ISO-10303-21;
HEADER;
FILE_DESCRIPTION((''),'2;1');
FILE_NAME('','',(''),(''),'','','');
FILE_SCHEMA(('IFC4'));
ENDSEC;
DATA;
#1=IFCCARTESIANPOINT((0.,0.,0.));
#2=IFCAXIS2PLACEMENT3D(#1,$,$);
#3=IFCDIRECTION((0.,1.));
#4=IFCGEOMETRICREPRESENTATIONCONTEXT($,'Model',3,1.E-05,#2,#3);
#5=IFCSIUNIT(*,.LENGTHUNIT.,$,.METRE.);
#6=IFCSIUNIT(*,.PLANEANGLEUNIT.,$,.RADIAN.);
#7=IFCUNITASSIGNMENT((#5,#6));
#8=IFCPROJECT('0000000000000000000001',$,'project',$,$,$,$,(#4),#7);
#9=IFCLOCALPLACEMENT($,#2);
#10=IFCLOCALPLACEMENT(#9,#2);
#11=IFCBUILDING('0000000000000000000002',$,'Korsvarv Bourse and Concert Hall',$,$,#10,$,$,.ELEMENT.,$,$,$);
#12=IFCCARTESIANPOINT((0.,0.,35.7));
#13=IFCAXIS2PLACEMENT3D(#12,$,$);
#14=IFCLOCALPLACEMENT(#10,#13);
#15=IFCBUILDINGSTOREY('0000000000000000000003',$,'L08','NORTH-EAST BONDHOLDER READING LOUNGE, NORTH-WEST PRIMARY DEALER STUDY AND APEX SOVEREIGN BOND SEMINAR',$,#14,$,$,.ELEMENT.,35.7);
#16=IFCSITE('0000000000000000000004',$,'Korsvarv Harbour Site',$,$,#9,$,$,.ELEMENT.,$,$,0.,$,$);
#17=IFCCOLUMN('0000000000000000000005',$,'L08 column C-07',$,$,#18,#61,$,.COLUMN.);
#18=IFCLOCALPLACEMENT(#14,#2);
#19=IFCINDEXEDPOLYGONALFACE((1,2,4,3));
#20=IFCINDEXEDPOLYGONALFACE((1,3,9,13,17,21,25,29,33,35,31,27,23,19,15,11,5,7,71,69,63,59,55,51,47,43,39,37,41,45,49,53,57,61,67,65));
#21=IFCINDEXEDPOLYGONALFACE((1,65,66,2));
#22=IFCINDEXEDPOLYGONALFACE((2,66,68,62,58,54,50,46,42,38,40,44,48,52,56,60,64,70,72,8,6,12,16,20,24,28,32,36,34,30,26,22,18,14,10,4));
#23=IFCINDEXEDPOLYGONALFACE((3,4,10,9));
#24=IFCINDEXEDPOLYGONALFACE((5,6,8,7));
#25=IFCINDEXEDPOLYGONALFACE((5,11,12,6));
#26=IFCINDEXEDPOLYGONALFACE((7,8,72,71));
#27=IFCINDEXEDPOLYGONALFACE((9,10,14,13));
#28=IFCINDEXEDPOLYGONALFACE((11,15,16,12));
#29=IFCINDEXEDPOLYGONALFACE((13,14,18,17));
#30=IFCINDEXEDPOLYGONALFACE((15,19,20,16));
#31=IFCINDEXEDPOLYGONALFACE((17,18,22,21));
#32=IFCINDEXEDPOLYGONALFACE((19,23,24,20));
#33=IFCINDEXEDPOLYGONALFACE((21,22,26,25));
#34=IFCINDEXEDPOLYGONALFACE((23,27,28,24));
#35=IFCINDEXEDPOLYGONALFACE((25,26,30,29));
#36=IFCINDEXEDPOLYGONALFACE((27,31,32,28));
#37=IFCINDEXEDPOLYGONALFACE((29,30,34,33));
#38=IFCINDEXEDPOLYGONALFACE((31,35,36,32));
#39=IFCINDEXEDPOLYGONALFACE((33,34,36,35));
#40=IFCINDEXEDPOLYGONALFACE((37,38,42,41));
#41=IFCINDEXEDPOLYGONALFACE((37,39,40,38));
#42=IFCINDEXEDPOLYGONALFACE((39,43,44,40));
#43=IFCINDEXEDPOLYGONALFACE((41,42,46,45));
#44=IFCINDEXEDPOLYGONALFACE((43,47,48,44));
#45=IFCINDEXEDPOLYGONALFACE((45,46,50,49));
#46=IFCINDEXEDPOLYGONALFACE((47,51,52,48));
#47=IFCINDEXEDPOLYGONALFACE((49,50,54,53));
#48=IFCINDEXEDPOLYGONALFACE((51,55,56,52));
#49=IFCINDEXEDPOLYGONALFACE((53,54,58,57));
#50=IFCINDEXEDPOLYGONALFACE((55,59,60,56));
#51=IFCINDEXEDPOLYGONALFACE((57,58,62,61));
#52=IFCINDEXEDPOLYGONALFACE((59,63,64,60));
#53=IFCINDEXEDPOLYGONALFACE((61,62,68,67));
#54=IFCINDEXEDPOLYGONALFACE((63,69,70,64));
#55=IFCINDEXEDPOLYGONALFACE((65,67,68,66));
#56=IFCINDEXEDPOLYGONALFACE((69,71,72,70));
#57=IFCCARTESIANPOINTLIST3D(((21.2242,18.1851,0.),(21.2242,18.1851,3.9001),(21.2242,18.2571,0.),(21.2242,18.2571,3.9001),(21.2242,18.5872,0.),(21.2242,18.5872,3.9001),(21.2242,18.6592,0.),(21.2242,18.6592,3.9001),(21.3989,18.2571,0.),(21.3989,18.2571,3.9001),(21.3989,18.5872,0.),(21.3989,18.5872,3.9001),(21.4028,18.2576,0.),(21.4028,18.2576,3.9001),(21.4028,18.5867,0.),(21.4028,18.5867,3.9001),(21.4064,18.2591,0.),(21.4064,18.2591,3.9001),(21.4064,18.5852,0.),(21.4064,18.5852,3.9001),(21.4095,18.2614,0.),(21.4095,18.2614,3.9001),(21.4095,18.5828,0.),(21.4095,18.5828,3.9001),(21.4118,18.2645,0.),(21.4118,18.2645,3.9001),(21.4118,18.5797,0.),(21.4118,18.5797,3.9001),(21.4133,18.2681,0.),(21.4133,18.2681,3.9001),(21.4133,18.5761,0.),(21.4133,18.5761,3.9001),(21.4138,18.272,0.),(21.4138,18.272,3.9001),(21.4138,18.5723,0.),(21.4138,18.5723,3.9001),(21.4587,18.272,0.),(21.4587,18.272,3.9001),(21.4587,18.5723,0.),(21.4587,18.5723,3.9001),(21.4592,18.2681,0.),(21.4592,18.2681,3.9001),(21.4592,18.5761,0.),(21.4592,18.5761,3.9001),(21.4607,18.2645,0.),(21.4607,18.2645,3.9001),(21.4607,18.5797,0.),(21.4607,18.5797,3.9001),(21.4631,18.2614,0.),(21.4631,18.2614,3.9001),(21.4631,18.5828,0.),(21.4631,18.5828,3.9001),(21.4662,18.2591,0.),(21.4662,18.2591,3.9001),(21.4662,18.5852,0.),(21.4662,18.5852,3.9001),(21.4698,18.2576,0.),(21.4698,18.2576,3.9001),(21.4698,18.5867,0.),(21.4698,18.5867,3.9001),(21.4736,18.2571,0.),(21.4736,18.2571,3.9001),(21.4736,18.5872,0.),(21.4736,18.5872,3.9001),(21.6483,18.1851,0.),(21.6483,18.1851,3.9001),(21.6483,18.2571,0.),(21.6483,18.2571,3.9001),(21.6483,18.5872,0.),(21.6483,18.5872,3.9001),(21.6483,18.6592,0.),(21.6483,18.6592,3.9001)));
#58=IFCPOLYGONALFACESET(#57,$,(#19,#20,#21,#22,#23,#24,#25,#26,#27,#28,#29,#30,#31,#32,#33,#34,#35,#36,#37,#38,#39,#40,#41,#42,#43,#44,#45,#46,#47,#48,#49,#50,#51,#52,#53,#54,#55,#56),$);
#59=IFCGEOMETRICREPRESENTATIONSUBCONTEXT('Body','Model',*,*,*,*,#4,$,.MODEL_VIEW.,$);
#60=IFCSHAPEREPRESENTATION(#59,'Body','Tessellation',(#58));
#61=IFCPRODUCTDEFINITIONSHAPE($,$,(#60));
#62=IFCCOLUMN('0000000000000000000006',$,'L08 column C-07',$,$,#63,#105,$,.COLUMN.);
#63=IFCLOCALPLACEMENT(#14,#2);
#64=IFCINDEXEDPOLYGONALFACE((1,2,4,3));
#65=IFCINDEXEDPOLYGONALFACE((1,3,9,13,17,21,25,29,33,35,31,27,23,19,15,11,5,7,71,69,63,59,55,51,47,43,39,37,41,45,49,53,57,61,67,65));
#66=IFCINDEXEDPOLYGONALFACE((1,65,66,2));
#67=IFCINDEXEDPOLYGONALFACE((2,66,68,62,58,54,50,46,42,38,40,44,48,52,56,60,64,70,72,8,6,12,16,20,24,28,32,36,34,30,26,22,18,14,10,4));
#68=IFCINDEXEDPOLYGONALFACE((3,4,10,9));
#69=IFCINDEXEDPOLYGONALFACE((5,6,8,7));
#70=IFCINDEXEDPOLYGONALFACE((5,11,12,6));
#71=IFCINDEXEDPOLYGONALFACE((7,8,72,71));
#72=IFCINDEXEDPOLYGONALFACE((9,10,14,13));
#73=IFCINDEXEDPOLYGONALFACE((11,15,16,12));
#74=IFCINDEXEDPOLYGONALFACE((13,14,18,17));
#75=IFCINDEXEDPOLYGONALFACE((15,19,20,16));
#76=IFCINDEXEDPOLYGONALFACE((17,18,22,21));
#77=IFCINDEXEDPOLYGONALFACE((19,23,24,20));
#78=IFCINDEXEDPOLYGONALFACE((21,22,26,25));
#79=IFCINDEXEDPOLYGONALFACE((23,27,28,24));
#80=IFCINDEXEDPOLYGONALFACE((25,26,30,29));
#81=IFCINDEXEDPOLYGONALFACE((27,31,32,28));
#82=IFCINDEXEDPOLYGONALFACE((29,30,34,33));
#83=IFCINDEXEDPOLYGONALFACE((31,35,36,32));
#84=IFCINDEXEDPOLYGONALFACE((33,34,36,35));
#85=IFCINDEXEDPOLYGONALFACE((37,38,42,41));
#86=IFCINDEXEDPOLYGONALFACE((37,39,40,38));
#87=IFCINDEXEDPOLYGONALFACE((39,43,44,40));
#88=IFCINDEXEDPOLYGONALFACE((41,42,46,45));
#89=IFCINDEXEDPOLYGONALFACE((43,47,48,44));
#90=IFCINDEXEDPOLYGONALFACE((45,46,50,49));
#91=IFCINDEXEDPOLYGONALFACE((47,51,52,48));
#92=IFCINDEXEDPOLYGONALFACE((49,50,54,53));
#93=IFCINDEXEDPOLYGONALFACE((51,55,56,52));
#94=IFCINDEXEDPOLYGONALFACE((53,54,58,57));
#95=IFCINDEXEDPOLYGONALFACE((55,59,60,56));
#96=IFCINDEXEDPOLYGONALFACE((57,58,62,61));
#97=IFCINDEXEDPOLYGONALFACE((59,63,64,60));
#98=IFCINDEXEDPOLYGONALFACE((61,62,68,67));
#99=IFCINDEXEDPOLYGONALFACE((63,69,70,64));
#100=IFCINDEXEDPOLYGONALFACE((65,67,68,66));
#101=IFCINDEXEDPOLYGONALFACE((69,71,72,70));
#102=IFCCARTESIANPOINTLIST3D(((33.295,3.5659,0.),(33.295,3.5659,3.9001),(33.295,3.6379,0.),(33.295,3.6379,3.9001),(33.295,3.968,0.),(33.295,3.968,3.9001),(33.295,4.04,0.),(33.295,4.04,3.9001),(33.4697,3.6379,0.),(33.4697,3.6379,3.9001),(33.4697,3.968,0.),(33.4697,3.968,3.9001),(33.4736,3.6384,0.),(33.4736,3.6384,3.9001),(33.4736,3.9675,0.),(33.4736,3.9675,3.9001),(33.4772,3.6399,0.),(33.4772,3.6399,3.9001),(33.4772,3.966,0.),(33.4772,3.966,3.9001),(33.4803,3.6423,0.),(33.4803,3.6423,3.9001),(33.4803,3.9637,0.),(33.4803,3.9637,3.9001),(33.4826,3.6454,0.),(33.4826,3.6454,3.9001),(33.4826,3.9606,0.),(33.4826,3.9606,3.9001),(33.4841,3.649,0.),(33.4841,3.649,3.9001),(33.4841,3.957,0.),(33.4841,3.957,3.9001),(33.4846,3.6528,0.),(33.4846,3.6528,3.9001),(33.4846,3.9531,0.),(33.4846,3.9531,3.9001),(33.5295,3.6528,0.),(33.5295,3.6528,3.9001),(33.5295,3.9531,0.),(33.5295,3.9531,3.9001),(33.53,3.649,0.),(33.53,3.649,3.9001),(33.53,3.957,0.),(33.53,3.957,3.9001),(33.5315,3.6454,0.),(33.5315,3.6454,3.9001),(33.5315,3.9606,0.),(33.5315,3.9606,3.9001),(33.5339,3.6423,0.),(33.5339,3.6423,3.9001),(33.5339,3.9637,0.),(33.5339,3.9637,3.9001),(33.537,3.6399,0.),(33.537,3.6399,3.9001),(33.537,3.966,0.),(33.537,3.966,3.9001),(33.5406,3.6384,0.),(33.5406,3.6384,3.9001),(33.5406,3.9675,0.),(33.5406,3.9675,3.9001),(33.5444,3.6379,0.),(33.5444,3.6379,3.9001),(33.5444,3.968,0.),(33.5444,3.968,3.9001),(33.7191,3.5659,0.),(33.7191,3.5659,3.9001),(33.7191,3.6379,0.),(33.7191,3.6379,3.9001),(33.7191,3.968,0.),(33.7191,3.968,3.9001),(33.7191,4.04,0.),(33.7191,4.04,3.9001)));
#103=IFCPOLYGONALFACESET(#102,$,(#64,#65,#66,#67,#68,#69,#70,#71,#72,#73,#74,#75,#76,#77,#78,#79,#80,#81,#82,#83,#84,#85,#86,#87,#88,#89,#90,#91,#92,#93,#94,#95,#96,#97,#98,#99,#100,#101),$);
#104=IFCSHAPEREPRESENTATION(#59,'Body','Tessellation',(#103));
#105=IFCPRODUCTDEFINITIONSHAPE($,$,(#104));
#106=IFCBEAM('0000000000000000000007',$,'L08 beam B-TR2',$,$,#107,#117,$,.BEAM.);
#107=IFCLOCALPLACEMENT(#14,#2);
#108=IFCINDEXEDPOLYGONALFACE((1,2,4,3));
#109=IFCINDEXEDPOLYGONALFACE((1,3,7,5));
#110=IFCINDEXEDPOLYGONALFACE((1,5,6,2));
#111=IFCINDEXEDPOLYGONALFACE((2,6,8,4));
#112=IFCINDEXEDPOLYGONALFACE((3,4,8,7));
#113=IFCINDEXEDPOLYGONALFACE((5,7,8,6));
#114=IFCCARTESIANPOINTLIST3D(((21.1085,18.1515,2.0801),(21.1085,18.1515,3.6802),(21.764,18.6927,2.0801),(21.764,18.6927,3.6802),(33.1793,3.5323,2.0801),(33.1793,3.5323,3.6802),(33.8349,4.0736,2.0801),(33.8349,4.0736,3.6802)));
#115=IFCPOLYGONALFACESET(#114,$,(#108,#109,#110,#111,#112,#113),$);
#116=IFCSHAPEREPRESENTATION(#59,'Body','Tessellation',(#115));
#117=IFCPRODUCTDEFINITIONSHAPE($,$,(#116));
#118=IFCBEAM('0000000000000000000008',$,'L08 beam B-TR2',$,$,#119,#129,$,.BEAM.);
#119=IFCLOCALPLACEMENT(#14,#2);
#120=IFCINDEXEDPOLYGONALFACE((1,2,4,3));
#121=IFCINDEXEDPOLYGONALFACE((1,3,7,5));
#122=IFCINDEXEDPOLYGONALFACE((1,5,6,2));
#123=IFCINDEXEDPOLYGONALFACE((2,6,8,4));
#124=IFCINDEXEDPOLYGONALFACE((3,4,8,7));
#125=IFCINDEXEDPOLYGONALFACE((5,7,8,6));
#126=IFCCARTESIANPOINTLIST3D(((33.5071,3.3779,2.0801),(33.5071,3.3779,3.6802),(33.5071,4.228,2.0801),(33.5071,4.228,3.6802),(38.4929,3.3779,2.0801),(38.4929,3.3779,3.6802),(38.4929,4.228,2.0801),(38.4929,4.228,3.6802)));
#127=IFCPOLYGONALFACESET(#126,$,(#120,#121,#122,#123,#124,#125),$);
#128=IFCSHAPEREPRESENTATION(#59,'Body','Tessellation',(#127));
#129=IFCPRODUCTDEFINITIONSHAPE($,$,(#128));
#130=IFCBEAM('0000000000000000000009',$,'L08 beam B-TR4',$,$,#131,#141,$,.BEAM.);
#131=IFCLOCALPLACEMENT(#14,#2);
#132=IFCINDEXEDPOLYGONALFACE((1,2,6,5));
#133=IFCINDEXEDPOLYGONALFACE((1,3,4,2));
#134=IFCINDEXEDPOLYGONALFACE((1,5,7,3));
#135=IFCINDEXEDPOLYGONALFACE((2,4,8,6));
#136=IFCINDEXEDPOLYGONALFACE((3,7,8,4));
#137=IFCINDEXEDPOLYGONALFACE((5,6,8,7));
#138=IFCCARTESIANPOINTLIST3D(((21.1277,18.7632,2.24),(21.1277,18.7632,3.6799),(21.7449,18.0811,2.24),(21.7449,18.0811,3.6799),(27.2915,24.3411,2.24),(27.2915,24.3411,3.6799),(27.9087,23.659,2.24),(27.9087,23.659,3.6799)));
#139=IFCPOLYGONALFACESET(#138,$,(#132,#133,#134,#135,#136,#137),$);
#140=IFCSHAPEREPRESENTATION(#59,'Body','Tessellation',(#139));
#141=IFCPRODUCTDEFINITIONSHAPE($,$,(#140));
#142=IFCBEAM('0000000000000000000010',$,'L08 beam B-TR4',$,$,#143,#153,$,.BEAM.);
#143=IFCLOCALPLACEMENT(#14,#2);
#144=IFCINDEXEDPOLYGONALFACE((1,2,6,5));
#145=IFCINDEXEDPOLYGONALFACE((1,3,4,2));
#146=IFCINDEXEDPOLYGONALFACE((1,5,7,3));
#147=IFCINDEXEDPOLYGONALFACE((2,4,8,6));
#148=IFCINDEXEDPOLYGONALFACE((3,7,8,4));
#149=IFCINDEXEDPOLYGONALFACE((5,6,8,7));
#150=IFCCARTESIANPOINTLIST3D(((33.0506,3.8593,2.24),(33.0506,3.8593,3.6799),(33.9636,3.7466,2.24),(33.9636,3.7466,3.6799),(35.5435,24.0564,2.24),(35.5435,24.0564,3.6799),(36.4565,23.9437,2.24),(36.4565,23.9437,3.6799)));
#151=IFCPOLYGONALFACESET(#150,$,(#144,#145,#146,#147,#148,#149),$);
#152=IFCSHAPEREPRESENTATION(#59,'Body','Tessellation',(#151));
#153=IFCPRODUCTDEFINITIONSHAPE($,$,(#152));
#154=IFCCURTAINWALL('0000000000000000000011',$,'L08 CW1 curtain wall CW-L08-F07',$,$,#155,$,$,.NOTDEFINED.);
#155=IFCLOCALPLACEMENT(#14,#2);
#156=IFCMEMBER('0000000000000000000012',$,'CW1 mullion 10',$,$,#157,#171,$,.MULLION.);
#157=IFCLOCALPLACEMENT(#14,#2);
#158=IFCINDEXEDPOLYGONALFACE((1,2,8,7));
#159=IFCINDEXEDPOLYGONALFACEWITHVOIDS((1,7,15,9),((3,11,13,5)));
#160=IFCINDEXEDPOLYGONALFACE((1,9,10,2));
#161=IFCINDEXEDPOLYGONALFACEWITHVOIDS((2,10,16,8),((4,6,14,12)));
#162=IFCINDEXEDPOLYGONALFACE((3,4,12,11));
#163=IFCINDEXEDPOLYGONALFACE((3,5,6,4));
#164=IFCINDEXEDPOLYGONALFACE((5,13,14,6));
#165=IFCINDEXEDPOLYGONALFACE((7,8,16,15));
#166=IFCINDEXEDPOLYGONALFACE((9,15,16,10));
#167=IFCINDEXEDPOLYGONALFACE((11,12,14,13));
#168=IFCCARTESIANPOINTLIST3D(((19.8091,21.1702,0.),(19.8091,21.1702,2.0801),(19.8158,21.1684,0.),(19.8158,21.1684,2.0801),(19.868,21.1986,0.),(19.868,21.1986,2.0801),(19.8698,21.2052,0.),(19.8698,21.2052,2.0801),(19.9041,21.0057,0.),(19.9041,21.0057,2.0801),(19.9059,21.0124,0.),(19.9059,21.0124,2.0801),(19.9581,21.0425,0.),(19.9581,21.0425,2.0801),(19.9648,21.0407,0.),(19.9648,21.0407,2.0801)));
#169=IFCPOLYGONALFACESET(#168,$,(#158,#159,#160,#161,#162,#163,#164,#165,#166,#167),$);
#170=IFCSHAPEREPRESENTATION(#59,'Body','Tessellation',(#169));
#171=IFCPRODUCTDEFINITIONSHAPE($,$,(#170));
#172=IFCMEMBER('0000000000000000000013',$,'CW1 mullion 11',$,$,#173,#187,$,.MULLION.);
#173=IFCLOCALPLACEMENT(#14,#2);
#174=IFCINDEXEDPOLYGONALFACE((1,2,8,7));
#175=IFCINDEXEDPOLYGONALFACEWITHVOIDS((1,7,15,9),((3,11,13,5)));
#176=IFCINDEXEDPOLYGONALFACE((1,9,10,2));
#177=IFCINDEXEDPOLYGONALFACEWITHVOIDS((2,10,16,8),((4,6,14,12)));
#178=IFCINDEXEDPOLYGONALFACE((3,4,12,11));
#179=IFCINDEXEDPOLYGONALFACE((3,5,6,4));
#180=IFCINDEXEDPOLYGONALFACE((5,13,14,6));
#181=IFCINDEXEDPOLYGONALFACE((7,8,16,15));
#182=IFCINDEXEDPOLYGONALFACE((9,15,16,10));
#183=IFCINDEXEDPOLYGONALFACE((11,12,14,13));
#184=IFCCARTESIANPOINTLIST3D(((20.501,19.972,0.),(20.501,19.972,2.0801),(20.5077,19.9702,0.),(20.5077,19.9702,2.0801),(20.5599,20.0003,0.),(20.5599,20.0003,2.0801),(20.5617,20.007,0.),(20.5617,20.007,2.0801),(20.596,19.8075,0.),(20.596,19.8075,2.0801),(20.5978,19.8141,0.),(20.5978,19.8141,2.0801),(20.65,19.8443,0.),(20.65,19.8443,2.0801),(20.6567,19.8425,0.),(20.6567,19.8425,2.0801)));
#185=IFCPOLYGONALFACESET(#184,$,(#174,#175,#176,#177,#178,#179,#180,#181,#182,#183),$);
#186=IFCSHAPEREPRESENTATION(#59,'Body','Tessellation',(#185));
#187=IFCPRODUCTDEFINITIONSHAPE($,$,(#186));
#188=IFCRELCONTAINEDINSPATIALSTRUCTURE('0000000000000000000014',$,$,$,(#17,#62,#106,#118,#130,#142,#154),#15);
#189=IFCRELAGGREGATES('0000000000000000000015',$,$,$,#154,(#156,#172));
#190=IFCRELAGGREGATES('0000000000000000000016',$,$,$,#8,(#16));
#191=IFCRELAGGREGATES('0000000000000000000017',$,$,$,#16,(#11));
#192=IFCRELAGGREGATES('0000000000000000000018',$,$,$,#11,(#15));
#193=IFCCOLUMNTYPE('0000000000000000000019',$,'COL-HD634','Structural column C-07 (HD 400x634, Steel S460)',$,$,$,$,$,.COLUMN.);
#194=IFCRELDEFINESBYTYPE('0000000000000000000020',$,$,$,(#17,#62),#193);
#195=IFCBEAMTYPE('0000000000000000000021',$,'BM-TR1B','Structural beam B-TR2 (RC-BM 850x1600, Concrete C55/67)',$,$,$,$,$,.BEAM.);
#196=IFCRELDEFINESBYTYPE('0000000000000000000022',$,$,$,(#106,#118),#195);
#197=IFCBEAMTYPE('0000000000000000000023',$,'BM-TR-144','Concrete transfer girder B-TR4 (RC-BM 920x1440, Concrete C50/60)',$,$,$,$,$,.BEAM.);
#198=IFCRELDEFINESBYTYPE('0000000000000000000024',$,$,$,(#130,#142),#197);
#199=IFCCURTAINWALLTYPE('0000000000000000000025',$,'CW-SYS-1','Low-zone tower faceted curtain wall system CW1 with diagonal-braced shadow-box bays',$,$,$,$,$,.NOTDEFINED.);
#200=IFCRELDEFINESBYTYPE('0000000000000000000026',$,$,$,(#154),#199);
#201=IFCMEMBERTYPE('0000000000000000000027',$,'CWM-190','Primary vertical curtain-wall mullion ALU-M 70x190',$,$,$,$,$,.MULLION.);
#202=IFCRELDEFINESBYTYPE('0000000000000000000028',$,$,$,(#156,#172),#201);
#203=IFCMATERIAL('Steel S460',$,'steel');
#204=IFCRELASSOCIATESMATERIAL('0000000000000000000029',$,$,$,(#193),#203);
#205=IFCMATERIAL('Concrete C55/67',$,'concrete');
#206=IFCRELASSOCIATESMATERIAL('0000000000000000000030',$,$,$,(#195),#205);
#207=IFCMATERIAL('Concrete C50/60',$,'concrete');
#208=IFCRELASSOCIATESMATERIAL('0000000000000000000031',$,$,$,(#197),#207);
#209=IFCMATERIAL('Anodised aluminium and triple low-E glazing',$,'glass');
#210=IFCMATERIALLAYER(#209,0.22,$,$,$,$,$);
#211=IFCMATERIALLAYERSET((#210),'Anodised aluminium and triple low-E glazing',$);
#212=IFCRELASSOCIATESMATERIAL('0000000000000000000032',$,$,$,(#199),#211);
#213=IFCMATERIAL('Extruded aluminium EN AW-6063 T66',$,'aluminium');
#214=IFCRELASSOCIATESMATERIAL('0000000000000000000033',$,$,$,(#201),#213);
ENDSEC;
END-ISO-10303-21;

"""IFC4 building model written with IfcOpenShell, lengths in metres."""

from ifc_helpers import new_model, si_unit, direction, frame, origin, origin_2d, place, context, subcontext, project, spatial, rectangle, hollow_rectangle, i_section, extrude, source, transform, mapped, material, layer, layer_set, material_profile, profile_set, type_object, element, aggregate, save


model = new_model("IFC4")

# Units and contexts
model_context = context("Model", 3, precision=1e-05, world=origin(), true_north=direction((0.0, 1.0)))
body_context = subcontext(model_context, "Body", "Model", "MODEL_VIEW")
ifc_project = project(units=[si_unit("LENGTHUNIT", "METRE"), si_unit("PLANEANGLEUNIT", "RADIAN")], contexts=[model_context])

# Site, building, storey
site_placement = place(None, origin())
site = spatial("IfcSite", under=ifc_project, at=site_placement, Name="Korsvarv Harbour Site", CompositionType="ELEMENT", RefElevation=0.0)
building_placement = place(site_placement, origin())
building = spatial("IfcBuilding", under=site, at=building_placement, Name="Korsvarv Bourse and Concert Hall", CompositionType="ELEMENT")
storey_placement = place(building_placement, frame((0.0, 0.0, 35.7)))
storey = spatial("IfcBuildingStorey", under=building, at=storey_placement, Name="L08", Description="NORTH-EAST BONDHOLDER READING LOUNGE, NORTH-WEST PRIMARY DEALER STUDY AND APEX SOVEREIGN BOND SEMINAR", CompositionType="ELEMENT", Elevation=35.7)

# Columns
ifc_material_1 = material(Name="Steel S460", Category="steel")
ifc_material_profile_1 = material_profile(ifc_material_1, i_section(OverallWidth=0.4241, OverallDepth=0.4741, WebThickness=0.0449, FlangeThickness=0.072, FilletRadius=0.0149, at=origin_2d()), Name="HD 400x634")
ifc_profile_set_1 = profile_set([ifc_material_profile_1], Name="Steel S460")
column_type = type_object("IfcColumnType", Name="COL-HD634", Description="Structural column C-07 (HD 400x634, Steel S460)", PredefinedType="COLUMN", material=ifc_profile_set_1)
shared_shape_1 = source(origin(), body_context, "Body", "SweptSolid", [
    extrude(i_section(OverallWidth=0.4241, OverallDepth=0.4741, WebThickness=0.0449, FlangeThickness=0.072, FilletRadius=0.0149, at=origin_2d()), origin(), (0.0, 0.0, 1.0), 3.9001),
])
for number, where, z_axis, x_axis, name in (
    (1, (21.4363, 18.4221, 0.0), (0.0, 0.0, 1.0), (1.0, 0.0, 0.0), "L08 column C-07"),
    (2, (33.5071, 3.803, 0.0), (0.0, 0.0, 1.0), (1.0, 0.0, 0.0), "L08 column C-07"),
):
    element("IfcColumn", number, at=place(storey_placement, frame(where, z_axis=z_axis, x_axis=x_axis)), inside=storey, type_object=column_type, Name=name, PredefinedType="COLUMN", context=body_context, shape_type="MappedRepresentation", body=[
        mapped(shared_shape_1, transform((0.0, 0.0, 0.0), scale=1.0)),
    ])

# Beams
ifc_material_2 = material(Name="Concrete C55/67", Category="concrete")
ifc_material_profile_2 = material_profile(ifc_material_2, rectangle(XDim=0.8501, YDim=1.6001, at=origin_2d()), Name="RC-BM 850x1600")
ifc_profile_set_2 = profile_set([ifc_material_profile_2], Name="Concrete C55/67")
beam_type_1 = type_object("IfcBeamType", Name="BM-TR1B", Description="Structural beam B-TR2 (RC-BM 850x1600, Concrete C55/67)", PredefinedType="BEAM", material=ifc_profile_set_2)
shared_shape_2 = source(origin(), body_context, "Body", "SweptSolid", [
    extrude(rectangle(XDim=0.8501, YDim=1.6001, at=origin_2d()), origin(), (0.0, 0.0, 1.0), 18.9585),
])
beam_1_placement = place(storey_placement, frame((21.4363, 18.4221, 2.8801), z_axis=(0.636697, -0.771114, 0.0), x_axis=(0.771114, 0.636697, 0.0)))
element("IfcBeam", 3, at=beam_1_placement, inside=storey, type_object=beam_type_1, Name="L08 beam B-TR2", PredefinedType="BEAM", context=body_context, shape_type="MappedRepresentation", body=[
    mapped(shared_shape_2, transform((0.0, 0.0, 0.0), scale=1.0)),
])
shared_shape_3 = source(origin(), body_context, "Body", "SweptSolid", [
    extrude(rectangle(XDim=0.8501, YDim=1.6001, at=origin_2d()), origin(), (0.0, 0.0, 1.0), 4.9858),
])
beam_2_placement = place(storey_placement, frame((33.5071, 3.803, 2.8801), z_axis=(1.0, 0.0, 0.0), x_axis=(0.0, 1.0, 0.0)))
element("IfcBeam", 4, at=beam_2_placement, inside=storey, type_object=beam_type_1, Name="L08 beam B-TR2", PredefinedType="BEAM", context=body_context, shape_type="MappedRepresentation", body=[
    mapped(shared_shape_3, transform((0.0, 0.0, 0.0), scale=1.0)),
])
ifc_material_3 = material(Name="Concrete C50/60", Category="concrete")
ifc_material_profile_3 = material_profile(ifc_material_3, rectangle(XDim=0.9199, YDim=1.4399, at=origin_2d()), Name="RC-BM 920x1440")
ifc_profile_set_3 = profile_set([ifc_material_profile_3], Name="Concrete C50/60")
beam_type_2 = type_object("IfcBeamType", Name="BM-TR-144", Description="Concrete transfer girder B-TR4 (RC-BM 920x1440, Concrete C50/60)", PredefinedType="BEAM", material=ifc_profile_set_3)
shared_shape_4 = source(origin(), body_context, "Body", "SweptSolid", [
    extrude(rectangle(XDim=0.9199, YDim=1.4399, at=origin_2d()), origin(), (0.0, 0.0, 1.0), 8.313),
])
beam_3_placement = place(storey_placement, frame((21.4363, 18.4221, 2.96), z_axis=(0.74147, 0.670986, 0.0), x_axis=(-0.670986, 0.74147, 0.0)))
element("IfcBeam", 5, at=beam_3_placement, inside=storey, type_object=beam_type_2, Name="L08 beam B-TR4", PredefinedType="BEAM", context=body_context, shape_type="MappedRepresentation", body=[
    mapped(shared_shape_4, transform((0.0, 0.0, 0.0), scale=1.0)),
])
shared_shape_5 = source(origin(), body_context, "Body", "SweptSolid", [
    extrude(rectangle(XDim=0.9199, YDim=1.4399, at=origin_2d()), origin(), (0.0, 0.0, 1.0), 20.3503),
])
beam_4_placement = place(storey_placement, frame((33.5071, 3.803, 2.96), z_axis=(0.1225, 0.992468, 0.0), x_axis=(-0.992468, 0.1225, 0.0)))
element("IfcBeam", 6, at=beam_4_placement, inside=storey, type_object=beam_type_2, Name="L08 beam B-TR4", PredefinedType="BEAM", context=body_context, shape_type="MappedRepresentation", body=[
    mapped(shared_shape_5, transform((0.0, 0.0, 0.0), scale=1.0)),
])

# Curtain wall, members
ifc_material_4 = material(Name="Anodised aluminium and triple low-E glazing", Category="glass")
ifc_layer_1 = layer(ifc_material_4, 0.22)
ifc_layer_set_1 = layer_set([ifc_layer_1], Name="Anodised aluminium and triple low-E glazing")
curtain_wall_type = type_object("IfcCurtainWallType", Name="CW-SYS-1", Description="Low-zone tower faceted curtain wall system CW1 with diagonal-braced shadow-box bays", PredefinedType="NOTDEFINED", material=ifc_layer_set_1)
curtain_wall_placement = place(storey_placement, origin())
curtain_wall = element("IfcCurtainWall", 7, at=curtain_wall_placement, inside=storey, type_object=curtain_wall_type, Name="L08 CW1 curtain wall CW-L08-F07", PredefinedType="NOTDEFINED")
ifc_material_5 = material(Name="Extruded aluminium EN AW-6063 T66", Category="aluminium")
ifc_material_profile_4 = material_profile(ifc_material_5, hollow_rectangle(XDim=0.0701, YDim=0.1899, WallThickness=0.0049, at=origin_2d()), Name="ALU-M 70x190")
ifc_profile_set_4 = profile_set([ifc_material_profile_4], Name="Extruded aluminium EN AW-6063 T66")
member_type_1 = type_object("IfcMemberType", Name="CWM-190", Description="Primary vertical curtain-wall mullion ALU-M 70x190", PredefinedType="MULLION", material=ifc_profile_set_4)
shared_shape_6 = source(origin(), body_context, "Body", "SweptSolid", [
    extrude(hollow_rectangle(XDim=0.0701, YDim=0.1899, WallThickness=0.0049, at=origin_2d()), origin(), (0.0, 0.0, 1.0), 2.0801),
])
member_1_placement = place(storey_placement, frame((19.887, 21.1055, 0.0), z_axis=(0.0, 0.0, 1.0), x_axis=(0.866026, 0.5, 0.0)))
member_1 = element("IfcMember", 8, at=member_1_placement, type_object=member_type_1, Name="CW1 mullion 10", PredefinedType="MULLION", context=body_context, shape_type="MappedRepresentation", body=[
    mapped(shared_shape_6, transform((0.0, 0.0, 0.0), scale=1.0)),
])
member_2_placement = place(storey_placement, frame((20.5789, 19.9072, 0.0), z_axis=(0.0, 0.0, 1.0), x_axis=(0.866026, 0.5, 0.0)))
member_2 = element("IfcMember", 9, at=member_2_placement, type_object=member_type_1, Name="CW1 mullion 11", PredefinedType="MULLION", context=body_context, shape_type="MappedRepresentation", body=[
    mapped(shared_shape_6, transform((0.0, 0.0, 0.0), scale=1.0)),
])
aggregate(curtain_wall, [member_1, member_2])

save(model, "model.ifc")
